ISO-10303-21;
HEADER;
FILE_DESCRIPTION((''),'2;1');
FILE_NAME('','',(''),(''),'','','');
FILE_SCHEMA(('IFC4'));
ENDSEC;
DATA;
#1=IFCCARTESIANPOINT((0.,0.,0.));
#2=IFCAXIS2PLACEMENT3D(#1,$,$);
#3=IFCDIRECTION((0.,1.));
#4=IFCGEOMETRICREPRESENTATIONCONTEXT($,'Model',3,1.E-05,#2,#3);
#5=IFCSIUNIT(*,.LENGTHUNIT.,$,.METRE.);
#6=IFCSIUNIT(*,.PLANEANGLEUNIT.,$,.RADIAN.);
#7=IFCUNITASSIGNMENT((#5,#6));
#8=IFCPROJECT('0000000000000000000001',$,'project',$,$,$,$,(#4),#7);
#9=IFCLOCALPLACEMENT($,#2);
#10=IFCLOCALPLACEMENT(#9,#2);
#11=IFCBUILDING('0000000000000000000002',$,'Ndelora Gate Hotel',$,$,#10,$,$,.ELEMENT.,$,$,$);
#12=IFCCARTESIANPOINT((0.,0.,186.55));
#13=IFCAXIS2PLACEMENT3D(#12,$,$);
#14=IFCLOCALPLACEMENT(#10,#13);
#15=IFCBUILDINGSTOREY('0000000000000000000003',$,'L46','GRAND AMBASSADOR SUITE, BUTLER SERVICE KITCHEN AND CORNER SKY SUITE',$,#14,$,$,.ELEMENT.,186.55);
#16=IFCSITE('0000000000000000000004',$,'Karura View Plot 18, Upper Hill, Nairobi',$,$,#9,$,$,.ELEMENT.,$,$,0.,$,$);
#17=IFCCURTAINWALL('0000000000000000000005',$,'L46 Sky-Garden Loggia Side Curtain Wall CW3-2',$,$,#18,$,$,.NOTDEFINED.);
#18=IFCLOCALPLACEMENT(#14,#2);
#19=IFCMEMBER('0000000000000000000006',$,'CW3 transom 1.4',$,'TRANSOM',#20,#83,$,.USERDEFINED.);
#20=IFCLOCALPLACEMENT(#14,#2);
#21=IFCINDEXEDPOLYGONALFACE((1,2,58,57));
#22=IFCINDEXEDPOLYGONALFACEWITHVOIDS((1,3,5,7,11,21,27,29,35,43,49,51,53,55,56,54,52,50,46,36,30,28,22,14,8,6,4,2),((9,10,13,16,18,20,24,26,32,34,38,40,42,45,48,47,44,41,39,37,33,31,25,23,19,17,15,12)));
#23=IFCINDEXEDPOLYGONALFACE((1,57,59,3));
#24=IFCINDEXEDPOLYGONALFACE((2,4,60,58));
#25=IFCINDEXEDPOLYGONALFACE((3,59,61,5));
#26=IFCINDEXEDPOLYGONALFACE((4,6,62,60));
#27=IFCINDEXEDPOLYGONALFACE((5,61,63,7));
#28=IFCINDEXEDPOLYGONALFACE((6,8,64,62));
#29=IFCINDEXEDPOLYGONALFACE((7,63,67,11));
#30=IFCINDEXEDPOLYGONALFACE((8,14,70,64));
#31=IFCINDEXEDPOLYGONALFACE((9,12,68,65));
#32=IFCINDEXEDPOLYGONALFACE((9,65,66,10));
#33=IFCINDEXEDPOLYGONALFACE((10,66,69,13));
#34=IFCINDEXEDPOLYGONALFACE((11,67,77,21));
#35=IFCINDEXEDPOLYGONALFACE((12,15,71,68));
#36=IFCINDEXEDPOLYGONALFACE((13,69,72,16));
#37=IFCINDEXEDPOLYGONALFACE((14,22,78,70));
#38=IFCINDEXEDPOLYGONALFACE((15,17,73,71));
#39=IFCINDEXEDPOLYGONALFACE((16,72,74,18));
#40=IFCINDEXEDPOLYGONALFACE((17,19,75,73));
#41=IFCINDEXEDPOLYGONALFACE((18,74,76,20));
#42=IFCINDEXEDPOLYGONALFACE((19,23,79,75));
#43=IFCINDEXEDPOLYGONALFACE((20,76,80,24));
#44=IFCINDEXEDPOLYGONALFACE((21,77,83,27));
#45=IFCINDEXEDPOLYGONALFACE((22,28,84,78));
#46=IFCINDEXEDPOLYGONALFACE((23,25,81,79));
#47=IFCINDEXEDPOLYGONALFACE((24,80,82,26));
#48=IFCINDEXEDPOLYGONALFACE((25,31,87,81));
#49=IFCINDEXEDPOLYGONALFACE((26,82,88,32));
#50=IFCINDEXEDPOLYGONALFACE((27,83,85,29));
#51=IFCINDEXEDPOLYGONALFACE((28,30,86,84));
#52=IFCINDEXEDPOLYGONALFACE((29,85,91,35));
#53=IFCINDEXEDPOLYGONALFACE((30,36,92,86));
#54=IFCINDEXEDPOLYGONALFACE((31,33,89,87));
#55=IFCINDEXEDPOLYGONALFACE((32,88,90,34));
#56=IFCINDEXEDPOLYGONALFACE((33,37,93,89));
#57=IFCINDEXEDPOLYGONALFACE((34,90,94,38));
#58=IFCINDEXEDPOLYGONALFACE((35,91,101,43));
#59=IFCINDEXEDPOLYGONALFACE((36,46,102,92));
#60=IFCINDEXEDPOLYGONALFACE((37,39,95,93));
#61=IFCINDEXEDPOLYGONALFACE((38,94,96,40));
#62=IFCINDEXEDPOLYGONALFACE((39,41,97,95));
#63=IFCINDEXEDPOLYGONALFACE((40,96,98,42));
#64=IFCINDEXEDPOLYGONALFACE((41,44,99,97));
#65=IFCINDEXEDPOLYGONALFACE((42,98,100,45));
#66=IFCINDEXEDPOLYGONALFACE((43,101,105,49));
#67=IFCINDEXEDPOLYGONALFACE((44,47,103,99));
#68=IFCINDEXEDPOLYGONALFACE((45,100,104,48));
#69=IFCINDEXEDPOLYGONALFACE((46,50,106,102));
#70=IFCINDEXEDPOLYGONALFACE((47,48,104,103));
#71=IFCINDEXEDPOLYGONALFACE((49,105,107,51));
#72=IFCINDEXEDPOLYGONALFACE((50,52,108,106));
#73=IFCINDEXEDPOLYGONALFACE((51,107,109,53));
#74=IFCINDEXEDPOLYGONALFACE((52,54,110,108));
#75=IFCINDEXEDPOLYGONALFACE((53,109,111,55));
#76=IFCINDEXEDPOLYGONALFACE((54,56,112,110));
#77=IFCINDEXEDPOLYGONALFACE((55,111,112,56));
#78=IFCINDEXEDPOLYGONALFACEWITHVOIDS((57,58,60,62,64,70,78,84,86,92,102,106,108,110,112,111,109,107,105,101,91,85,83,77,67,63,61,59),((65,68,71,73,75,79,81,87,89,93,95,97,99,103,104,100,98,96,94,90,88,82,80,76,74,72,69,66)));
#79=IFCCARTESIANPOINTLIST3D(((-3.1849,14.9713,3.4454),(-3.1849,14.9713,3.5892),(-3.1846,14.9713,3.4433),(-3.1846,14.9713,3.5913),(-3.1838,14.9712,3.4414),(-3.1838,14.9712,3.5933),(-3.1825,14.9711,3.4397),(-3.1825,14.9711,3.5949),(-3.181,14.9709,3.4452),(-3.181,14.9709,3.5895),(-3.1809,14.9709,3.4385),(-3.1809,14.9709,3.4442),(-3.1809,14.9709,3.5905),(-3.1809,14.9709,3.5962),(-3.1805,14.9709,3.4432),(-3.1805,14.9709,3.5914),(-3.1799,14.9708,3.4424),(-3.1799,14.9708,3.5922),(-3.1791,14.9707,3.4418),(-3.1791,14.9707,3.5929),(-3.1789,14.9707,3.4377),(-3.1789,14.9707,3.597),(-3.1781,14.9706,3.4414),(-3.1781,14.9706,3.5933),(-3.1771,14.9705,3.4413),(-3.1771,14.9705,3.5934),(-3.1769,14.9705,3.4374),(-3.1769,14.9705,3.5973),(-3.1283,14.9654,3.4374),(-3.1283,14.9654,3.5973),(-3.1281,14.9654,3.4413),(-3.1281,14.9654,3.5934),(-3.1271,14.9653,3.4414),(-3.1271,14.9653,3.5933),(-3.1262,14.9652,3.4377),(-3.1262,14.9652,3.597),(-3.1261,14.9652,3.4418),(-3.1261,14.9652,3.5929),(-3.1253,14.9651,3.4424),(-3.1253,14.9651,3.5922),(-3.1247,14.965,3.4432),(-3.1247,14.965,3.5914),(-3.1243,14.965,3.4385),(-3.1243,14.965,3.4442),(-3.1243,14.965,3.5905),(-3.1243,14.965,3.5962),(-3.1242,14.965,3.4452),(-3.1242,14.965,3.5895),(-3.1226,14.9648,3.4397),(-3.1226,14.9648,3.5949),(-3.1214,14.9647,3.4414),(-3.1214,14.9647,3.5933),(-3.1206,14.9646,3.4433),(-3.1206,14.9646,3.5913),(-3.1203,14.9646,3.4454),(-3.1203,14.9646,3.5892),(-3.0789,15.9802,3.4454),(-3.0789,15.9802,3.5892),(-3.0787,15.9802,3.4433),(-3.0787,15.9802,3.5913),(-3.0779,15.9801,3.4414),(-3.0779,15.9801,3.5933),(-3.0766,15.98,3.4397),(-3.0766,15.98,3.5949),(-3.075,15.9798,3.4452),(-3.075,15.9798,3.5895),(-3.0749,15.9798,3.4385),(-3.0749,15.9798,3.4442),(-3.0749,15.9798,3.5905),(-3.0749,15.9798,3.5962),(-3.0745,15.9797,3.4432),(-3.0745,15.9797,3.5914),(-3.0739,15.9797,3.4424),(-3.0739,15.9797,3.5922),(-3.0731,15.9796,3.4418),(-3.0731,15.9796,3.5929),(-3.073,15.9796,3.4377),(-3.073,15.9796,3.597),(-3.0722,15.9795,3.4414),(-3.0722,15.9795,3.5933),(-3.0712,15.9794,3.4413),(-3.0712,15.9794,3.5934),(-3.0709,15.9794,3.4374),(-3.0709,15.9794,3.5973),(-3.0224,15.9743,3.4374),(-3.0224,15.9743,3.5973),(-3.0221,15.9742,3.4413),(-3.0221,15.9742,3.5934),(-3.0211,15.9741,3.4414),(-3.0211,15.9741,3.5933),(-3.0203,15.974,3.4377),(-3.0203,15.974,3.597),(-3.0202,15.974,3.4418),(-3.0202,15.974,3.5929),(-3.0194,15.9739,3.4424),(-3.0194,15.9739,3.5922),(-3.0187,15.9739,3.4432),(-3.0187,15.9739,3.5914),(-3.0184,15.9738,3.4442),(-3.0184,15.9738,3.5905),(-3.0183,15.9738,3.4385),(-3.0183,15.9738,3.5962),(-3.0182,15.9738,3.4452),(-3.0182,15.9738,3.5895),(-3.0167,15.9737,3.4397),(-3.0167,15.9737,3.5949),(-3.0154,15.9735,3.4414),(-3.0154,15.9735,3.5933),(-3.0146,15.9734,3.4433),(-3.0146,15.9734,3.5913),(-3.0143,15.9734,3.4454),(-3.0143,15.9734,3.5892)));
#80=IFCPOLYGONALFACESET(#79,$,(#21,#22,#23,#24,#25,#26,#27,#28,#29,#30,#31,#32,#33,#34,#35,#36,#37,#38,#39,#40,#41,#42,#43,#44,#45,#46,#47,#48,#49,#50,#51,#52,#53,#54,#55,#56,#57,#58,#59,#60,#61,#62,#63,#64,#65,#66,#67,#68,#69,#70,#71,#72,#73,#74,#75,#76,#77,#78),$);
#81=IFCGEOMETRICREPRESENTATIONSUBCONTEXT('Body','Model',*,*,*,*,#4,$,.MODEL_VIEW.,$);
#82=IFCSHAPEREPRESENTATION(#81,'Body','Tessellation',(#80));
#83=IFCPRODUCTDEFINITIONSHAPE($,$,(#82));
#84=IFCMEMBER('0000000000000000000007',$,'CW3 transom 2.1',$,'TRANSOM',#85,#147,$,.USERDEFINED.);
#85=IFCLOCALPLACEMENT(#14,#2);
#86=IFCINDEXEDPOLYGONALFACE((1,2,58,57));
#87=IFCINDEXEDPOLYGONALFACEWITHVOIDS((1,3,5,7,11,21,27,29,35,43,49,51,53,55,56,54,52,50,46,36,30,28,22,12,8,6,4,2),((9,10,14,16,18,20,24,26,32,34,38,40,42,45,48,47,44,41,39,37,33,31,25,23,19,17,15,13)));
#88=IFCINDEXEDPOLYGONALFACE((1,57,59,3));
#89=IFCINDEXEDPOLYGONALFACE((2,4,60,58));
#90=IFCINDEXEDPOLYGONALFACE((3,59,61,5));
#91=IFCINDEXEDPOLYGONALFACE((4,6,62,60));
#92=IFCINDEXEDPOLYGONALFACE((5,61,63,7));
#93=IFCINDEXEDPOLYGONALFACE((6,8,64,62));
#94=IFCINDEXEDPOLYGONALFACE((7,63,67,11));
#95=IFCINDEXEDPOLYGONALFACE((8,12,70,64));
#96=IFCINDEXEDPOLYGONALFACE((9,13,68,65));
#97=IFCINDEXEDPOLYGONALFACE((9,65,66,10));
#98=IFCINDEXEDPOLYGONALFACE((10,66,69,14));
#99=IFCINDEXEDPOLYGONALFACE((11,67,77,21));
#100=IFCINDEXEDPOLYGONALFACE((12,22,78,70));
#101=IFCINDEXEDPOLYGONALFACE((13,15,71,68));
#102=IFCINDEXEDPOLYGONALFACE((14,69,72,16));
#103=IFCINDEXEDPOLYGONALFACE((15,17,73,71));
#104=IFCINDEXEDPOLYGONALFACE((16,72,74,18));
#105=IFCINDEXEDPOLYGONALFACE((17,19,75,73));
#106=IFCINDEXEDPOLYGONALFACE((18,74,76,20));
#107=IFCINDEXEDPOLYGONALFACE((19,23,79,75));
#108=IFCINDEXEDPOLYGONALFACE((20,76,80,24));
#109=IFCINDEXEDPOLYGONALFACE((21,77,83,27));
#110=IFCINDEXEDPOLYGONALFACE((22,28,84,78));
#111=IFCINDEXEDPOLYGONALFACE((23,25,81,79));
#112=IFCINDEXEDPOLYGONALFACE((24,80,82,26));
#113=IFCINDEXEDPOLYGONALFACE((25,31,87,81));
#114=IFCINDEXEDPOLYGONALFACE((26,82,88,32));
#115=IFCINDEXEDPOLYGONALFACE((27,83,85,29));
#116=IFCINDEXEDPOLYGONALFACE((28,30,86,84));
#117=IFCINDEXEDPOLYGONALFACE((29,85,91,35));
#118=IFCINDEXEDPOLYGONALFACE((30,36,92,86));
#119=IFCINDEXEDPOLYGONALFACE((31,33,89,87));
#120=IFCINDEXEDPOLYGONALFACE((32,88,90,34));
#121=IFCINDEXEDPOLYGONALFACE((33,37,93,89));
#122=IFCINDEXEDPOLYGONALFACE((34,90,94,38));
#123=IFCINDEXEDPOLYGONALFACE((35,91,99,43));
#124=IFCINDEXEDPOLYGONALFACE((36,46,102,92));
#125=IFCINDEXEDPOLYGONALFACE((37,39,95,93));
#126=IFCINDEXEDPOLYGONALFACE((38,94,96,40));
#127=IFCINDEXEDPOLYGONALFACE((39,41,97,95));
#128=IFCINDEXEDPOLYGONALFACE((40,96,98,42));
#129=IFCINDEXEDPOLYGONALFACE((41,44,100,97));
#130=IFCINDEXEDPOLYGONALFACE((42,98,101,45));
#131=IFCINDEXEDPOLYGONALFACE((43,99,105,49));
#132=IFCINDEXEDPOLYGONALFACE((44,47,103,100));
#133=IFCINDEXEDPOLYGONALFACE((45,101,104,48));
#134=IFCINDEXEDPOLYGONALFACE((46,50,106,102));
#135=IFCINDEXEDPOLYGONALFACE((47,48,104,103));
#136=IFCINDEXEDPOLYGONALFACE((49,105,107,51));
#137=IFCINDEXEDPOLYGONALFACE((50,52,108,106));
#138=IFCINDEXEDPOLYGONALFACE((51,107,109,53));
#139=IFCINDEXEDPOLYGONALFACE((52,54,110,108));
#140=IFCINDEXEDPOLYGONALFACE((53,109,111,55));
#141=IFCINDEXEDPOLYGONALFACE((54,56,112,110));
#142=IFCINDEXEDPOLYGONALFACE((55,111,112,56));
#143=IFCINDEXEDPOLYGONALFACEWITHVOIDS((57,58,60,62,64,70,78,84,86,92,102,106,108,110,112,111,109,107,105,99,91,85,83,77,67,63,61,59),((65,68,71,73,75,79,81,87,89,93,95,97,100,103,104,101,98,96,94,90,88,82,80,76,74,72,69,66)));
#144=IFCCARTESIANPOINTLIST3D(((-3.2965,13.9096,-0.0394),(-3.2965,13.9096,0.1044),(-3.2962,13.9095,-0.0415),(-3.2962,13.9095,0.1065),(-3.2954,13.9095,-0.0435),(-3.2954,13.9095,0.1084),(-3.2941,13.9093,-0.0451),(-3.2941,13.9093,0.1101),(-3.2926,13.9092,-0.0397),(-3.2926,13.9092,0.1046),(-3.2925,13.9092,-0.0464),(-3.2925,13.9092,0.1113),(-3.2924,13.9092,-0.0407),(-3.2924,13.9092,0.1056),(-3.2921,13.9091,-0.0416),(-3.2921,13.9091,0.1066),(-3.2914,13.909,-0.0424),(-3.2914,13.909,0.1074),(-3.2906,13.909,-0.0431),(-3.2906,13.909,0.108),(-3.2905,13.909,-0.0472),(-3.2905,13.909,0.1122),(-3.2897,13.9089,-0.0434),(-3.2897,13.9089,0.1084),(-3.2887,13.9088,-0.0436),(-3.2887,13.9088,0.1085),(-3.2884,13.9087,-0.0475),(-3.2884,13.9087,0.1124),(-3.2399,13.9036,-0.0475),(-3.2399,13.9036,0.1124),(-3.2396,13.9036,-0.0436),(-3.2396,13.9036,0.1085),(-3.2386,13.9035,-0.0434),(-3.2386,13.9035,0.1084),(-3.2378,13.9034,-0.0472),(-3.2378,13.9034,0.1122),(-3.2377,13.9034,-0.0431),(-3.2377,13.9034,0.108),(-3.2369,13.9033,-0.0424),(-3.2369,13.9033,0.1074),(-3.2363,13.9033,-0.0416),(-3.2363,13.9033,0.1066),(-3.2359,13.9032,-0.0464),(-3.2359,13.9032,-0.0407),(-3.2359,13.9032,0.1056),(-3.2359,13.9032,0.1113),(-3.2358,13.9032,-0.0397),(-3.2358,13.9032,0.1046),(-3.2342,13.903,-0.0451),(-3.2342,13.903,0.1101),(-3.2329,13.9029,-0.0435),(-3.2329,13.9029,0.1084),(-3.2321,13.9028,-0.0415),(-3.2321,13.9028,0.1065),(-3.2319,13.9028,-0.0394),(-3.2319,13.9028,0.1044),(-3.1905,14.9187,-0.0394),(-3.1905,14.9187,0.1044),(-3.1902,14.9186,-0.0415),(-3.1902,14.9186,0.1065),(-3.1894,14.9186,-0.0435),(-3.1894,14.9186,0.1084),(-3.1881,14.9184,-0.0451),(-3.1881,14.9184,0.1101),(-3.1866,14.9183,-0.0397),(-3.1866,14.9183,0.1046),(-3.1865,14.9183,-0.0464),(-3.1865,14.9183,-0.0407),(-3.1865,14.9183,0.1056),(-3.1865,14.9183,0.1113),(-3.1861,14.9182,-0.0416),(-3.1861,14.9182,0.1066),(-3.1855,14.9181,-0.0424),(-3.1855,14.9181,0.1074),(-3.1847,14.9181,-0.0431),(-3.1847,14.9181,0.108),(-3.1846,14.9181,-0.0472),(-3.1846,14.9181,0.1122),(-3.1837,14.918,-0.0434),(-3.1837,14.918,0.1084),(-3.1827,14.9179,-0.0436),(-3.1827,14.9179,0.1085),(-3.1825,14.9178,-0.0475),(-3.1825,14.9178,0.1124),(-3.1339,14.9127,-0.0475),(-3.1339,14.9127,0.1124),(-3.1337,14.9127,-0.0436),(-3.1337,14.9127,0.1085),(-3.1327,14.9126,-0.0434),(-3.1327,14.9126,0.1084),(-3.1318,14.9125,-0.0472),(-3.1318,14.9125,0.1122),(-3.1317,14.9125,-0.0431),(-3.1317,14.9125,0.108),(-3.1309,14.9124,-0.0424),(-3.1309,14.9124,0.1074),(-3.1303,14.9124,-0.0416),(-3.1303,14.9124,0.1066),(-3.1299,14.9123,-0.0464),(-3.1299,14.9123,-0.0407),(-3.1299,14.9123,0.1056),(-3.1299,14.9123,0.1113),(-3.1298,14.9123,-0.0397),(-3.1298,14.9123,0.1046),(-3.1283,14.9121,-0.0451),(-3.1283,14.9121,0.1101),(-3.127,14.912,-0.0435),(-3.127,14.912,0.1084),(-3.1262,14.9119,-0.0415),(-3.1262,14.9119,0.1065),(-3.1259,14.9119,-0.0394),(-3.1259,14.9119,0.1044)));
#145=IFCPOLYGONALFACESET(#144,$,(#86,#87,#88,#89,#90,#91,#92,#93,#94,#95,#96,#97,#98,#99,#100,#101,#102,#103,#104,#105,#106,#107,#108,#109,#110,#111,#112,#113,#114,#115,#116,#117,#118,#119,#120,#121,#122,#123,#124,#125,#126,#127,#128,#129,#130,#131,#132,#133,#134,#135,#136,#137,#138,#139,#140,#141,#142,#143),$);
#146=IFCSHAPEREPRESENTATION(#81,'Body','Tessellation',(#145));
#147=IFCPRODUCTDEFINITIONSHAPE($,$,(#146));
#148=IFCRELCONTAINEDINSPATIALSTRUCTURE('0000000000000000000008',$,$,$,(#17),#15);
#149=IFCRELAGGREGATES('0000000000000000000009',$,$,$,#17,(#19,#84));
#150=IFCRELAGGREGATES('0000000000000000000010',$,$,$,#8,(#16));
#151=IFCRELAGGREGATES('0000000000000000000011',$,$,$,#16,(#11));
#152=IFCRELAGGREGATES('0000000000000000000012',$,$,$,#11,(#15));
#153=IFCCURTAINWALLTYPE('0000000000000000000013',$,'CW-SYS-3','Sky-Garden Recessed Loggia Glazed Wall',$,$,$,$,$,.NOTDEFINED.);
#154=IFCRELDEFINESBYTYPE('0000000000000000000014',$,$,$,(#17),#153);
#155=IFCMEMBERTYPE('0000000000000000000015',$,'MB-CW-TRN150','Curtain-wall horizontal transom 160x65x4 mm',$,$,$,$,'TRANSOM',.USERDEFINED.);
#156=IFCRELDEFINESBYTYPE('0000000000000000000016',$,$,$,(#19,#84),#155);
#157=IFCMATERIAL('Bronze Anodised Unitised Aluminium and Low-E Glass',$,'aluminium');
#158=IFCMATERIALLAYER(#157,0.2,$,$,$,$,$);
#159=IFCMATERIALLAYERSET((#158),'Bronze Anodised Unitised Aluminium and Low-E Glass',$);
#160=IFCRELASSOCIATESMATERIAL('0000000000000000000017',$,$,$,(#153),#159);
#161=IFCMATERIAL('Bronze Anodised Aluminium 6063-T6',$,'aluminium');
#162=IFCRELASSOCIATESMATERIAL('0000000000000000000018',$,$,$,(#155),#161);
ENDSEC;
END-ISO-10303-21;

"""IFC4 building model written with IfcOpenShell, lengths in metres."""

from ifc_helpers import new_model, si_unit, direction, frame, origin, origin_2d, place, context, subcontext, project, spatial, hollow_rectangle, extrude, material, layer, layer_set, material_profile, profile_set, type_object, element, aggregate, save


model = new_model("IFC4")

# Units and contexts
model_context = context("Model", 3, precision=1e-05, world=origin(), true_north=direction((0.0, 1.0)))
body_context = subcontext(model_context, "Body", "Model", "MODEL_VIEW")
ifc_project = project(units=[si_unit("LENGTHUNIT", "METRE"), si_unit("PLANEANGLEUNIT", "RADIAN")], contexts=[model_context])

# Site, building, storey
site_placement = place(None, origin())
site = spatial("IfcSite", under=ifc_project, at=site_placement, Name="Karura View Plot 18, Upper Hill, Nairobi", CompositionType="ELEMENT", RefElevation=0.0)
building_placement = place(site_placement, origin())
building = spatial("IfcBuilding", under=site, at=building_placement, Name="Ndelora Gate Hotel", CompositionType="ELEMENT")
storey_placement = place(building_placement, frame((0.0, 0.0, 186.55)))
storey = spatial("IfcBuildingStorey", under=building, at=storey_placement, Name="L46", Description="GRAND AMBASSADOR SUITE, BUTLER SERVICE KITCHEN AND CORNER SKY SUITE", CompositionType="ELEMENT", Elevation=186.55)

# Curtain wall, members
ifc_material_1 = material(Name="Bronze Anodised Unitised Aluminium and Low-E Glass", Category="aluminium")
ifc_layer_1 = layer(ifc_material_1, 0.2)
ifc_layer_set_1 = layer_set([ifc_layer_1], Name="Bronze Anodised Unitised Aluminium and Low-E Glass")
curtain_wall_type = type_object("IfcCurtainWallType", Name="CW-SYS-3", Description="Sky-Garden Recessed Loggia Glazed Wall", PredefinedType="NOTDEFINED", material=ifc_layer_set_1)
curtain_wall_placement = place(storey_placement, origin())
curtain_wall = element("IfcCurtainWall", 1, at=curtain_wall_placement, inside=storey, type_object=curtain_wall_type, Name="L46 Sky-Garden Loggia Side Curtain Wall CW3-2", PredefinedType="NOTDEFINED")
ifc_material_2 = material(Name="Bronze Anodised Aluminium 6063-T6", Category="aluminium")
ifc_material_profile_1 = material_profile(ifc_material_2, hollow_rectangle(XDim=0.0649, YDim=0.1599, WallThickness=0.0039, InnerFilletRadius=0.0039, OuterFilletRadius=0.0081, at=origin_2d()), Name="ALU 160x65x4")
ifc_profile_set_1 = profile_set([ifc_material_profile_1], Name="Bronze Anodised Aluminium 6063-T6")
member_type_1 = type_object("IfcMemberType", Name="MB-CW-TRN150", Description="Curtain-wall horizontal transom 160x65x4 mm", ElementType="TRANSOM", PredefinedType="USERDEFINED", material=ifc_profile_set_1)
member_1_placement = place(storey_placement, frame((-3.0466, 15.9768, 3.5173), z_axis=(-0.104459, -0.994529, 0.0), x_axis=(0.994529, -0.104459, 0.0)))
member_1 = element("IfcMember", 2, at=member_1_placement, type_object=member_type_1, Name="CW3 transom 1.4", ObjectType="TRANSOM", PredefinedType="USERDEFINED", context=body_context, shape_type="SweptSolid", body=[
    extrude(hollow_rectangle(XDim=0.0649, YDim=0.1599, WallThickness=0.0039, InnerFilletRadius=0.0039, OuterFilletRadius=0.0081, at=origin_2d()), origin(), (0.0, 0.0, 1.0), 1.0144),
])
member_2_placement = place(storey_placement, frame((-3.1582, 14.9153, 0.0325), z_axis=(-0.104434, -0.994532, 0.0), x_axis=(0.994532, -0.104434, 0.0)))
member_2 = element("IfcMember", 3, at=member_2_placement, type_object=member_type_1, Name="CW3 transom 2.1", ObjectType="TRANSOM", PredefinedType="USERDEFINED", context=body_context, shape_type="SweptSolid", body=[
    extrude(hollow_rectangle(XDim=0.0649, YDim=0.1599, WallThickness=0.0039, InnerFilletRadius=0.0039, OuterFilletRadius=0.0081, at=origin_2d()), origin(), (0.0, 0.0, 1.0), 1.0146),
])
aggregate(curtain_wall, [member_1, member_2])

save(model, "model.ifc")
